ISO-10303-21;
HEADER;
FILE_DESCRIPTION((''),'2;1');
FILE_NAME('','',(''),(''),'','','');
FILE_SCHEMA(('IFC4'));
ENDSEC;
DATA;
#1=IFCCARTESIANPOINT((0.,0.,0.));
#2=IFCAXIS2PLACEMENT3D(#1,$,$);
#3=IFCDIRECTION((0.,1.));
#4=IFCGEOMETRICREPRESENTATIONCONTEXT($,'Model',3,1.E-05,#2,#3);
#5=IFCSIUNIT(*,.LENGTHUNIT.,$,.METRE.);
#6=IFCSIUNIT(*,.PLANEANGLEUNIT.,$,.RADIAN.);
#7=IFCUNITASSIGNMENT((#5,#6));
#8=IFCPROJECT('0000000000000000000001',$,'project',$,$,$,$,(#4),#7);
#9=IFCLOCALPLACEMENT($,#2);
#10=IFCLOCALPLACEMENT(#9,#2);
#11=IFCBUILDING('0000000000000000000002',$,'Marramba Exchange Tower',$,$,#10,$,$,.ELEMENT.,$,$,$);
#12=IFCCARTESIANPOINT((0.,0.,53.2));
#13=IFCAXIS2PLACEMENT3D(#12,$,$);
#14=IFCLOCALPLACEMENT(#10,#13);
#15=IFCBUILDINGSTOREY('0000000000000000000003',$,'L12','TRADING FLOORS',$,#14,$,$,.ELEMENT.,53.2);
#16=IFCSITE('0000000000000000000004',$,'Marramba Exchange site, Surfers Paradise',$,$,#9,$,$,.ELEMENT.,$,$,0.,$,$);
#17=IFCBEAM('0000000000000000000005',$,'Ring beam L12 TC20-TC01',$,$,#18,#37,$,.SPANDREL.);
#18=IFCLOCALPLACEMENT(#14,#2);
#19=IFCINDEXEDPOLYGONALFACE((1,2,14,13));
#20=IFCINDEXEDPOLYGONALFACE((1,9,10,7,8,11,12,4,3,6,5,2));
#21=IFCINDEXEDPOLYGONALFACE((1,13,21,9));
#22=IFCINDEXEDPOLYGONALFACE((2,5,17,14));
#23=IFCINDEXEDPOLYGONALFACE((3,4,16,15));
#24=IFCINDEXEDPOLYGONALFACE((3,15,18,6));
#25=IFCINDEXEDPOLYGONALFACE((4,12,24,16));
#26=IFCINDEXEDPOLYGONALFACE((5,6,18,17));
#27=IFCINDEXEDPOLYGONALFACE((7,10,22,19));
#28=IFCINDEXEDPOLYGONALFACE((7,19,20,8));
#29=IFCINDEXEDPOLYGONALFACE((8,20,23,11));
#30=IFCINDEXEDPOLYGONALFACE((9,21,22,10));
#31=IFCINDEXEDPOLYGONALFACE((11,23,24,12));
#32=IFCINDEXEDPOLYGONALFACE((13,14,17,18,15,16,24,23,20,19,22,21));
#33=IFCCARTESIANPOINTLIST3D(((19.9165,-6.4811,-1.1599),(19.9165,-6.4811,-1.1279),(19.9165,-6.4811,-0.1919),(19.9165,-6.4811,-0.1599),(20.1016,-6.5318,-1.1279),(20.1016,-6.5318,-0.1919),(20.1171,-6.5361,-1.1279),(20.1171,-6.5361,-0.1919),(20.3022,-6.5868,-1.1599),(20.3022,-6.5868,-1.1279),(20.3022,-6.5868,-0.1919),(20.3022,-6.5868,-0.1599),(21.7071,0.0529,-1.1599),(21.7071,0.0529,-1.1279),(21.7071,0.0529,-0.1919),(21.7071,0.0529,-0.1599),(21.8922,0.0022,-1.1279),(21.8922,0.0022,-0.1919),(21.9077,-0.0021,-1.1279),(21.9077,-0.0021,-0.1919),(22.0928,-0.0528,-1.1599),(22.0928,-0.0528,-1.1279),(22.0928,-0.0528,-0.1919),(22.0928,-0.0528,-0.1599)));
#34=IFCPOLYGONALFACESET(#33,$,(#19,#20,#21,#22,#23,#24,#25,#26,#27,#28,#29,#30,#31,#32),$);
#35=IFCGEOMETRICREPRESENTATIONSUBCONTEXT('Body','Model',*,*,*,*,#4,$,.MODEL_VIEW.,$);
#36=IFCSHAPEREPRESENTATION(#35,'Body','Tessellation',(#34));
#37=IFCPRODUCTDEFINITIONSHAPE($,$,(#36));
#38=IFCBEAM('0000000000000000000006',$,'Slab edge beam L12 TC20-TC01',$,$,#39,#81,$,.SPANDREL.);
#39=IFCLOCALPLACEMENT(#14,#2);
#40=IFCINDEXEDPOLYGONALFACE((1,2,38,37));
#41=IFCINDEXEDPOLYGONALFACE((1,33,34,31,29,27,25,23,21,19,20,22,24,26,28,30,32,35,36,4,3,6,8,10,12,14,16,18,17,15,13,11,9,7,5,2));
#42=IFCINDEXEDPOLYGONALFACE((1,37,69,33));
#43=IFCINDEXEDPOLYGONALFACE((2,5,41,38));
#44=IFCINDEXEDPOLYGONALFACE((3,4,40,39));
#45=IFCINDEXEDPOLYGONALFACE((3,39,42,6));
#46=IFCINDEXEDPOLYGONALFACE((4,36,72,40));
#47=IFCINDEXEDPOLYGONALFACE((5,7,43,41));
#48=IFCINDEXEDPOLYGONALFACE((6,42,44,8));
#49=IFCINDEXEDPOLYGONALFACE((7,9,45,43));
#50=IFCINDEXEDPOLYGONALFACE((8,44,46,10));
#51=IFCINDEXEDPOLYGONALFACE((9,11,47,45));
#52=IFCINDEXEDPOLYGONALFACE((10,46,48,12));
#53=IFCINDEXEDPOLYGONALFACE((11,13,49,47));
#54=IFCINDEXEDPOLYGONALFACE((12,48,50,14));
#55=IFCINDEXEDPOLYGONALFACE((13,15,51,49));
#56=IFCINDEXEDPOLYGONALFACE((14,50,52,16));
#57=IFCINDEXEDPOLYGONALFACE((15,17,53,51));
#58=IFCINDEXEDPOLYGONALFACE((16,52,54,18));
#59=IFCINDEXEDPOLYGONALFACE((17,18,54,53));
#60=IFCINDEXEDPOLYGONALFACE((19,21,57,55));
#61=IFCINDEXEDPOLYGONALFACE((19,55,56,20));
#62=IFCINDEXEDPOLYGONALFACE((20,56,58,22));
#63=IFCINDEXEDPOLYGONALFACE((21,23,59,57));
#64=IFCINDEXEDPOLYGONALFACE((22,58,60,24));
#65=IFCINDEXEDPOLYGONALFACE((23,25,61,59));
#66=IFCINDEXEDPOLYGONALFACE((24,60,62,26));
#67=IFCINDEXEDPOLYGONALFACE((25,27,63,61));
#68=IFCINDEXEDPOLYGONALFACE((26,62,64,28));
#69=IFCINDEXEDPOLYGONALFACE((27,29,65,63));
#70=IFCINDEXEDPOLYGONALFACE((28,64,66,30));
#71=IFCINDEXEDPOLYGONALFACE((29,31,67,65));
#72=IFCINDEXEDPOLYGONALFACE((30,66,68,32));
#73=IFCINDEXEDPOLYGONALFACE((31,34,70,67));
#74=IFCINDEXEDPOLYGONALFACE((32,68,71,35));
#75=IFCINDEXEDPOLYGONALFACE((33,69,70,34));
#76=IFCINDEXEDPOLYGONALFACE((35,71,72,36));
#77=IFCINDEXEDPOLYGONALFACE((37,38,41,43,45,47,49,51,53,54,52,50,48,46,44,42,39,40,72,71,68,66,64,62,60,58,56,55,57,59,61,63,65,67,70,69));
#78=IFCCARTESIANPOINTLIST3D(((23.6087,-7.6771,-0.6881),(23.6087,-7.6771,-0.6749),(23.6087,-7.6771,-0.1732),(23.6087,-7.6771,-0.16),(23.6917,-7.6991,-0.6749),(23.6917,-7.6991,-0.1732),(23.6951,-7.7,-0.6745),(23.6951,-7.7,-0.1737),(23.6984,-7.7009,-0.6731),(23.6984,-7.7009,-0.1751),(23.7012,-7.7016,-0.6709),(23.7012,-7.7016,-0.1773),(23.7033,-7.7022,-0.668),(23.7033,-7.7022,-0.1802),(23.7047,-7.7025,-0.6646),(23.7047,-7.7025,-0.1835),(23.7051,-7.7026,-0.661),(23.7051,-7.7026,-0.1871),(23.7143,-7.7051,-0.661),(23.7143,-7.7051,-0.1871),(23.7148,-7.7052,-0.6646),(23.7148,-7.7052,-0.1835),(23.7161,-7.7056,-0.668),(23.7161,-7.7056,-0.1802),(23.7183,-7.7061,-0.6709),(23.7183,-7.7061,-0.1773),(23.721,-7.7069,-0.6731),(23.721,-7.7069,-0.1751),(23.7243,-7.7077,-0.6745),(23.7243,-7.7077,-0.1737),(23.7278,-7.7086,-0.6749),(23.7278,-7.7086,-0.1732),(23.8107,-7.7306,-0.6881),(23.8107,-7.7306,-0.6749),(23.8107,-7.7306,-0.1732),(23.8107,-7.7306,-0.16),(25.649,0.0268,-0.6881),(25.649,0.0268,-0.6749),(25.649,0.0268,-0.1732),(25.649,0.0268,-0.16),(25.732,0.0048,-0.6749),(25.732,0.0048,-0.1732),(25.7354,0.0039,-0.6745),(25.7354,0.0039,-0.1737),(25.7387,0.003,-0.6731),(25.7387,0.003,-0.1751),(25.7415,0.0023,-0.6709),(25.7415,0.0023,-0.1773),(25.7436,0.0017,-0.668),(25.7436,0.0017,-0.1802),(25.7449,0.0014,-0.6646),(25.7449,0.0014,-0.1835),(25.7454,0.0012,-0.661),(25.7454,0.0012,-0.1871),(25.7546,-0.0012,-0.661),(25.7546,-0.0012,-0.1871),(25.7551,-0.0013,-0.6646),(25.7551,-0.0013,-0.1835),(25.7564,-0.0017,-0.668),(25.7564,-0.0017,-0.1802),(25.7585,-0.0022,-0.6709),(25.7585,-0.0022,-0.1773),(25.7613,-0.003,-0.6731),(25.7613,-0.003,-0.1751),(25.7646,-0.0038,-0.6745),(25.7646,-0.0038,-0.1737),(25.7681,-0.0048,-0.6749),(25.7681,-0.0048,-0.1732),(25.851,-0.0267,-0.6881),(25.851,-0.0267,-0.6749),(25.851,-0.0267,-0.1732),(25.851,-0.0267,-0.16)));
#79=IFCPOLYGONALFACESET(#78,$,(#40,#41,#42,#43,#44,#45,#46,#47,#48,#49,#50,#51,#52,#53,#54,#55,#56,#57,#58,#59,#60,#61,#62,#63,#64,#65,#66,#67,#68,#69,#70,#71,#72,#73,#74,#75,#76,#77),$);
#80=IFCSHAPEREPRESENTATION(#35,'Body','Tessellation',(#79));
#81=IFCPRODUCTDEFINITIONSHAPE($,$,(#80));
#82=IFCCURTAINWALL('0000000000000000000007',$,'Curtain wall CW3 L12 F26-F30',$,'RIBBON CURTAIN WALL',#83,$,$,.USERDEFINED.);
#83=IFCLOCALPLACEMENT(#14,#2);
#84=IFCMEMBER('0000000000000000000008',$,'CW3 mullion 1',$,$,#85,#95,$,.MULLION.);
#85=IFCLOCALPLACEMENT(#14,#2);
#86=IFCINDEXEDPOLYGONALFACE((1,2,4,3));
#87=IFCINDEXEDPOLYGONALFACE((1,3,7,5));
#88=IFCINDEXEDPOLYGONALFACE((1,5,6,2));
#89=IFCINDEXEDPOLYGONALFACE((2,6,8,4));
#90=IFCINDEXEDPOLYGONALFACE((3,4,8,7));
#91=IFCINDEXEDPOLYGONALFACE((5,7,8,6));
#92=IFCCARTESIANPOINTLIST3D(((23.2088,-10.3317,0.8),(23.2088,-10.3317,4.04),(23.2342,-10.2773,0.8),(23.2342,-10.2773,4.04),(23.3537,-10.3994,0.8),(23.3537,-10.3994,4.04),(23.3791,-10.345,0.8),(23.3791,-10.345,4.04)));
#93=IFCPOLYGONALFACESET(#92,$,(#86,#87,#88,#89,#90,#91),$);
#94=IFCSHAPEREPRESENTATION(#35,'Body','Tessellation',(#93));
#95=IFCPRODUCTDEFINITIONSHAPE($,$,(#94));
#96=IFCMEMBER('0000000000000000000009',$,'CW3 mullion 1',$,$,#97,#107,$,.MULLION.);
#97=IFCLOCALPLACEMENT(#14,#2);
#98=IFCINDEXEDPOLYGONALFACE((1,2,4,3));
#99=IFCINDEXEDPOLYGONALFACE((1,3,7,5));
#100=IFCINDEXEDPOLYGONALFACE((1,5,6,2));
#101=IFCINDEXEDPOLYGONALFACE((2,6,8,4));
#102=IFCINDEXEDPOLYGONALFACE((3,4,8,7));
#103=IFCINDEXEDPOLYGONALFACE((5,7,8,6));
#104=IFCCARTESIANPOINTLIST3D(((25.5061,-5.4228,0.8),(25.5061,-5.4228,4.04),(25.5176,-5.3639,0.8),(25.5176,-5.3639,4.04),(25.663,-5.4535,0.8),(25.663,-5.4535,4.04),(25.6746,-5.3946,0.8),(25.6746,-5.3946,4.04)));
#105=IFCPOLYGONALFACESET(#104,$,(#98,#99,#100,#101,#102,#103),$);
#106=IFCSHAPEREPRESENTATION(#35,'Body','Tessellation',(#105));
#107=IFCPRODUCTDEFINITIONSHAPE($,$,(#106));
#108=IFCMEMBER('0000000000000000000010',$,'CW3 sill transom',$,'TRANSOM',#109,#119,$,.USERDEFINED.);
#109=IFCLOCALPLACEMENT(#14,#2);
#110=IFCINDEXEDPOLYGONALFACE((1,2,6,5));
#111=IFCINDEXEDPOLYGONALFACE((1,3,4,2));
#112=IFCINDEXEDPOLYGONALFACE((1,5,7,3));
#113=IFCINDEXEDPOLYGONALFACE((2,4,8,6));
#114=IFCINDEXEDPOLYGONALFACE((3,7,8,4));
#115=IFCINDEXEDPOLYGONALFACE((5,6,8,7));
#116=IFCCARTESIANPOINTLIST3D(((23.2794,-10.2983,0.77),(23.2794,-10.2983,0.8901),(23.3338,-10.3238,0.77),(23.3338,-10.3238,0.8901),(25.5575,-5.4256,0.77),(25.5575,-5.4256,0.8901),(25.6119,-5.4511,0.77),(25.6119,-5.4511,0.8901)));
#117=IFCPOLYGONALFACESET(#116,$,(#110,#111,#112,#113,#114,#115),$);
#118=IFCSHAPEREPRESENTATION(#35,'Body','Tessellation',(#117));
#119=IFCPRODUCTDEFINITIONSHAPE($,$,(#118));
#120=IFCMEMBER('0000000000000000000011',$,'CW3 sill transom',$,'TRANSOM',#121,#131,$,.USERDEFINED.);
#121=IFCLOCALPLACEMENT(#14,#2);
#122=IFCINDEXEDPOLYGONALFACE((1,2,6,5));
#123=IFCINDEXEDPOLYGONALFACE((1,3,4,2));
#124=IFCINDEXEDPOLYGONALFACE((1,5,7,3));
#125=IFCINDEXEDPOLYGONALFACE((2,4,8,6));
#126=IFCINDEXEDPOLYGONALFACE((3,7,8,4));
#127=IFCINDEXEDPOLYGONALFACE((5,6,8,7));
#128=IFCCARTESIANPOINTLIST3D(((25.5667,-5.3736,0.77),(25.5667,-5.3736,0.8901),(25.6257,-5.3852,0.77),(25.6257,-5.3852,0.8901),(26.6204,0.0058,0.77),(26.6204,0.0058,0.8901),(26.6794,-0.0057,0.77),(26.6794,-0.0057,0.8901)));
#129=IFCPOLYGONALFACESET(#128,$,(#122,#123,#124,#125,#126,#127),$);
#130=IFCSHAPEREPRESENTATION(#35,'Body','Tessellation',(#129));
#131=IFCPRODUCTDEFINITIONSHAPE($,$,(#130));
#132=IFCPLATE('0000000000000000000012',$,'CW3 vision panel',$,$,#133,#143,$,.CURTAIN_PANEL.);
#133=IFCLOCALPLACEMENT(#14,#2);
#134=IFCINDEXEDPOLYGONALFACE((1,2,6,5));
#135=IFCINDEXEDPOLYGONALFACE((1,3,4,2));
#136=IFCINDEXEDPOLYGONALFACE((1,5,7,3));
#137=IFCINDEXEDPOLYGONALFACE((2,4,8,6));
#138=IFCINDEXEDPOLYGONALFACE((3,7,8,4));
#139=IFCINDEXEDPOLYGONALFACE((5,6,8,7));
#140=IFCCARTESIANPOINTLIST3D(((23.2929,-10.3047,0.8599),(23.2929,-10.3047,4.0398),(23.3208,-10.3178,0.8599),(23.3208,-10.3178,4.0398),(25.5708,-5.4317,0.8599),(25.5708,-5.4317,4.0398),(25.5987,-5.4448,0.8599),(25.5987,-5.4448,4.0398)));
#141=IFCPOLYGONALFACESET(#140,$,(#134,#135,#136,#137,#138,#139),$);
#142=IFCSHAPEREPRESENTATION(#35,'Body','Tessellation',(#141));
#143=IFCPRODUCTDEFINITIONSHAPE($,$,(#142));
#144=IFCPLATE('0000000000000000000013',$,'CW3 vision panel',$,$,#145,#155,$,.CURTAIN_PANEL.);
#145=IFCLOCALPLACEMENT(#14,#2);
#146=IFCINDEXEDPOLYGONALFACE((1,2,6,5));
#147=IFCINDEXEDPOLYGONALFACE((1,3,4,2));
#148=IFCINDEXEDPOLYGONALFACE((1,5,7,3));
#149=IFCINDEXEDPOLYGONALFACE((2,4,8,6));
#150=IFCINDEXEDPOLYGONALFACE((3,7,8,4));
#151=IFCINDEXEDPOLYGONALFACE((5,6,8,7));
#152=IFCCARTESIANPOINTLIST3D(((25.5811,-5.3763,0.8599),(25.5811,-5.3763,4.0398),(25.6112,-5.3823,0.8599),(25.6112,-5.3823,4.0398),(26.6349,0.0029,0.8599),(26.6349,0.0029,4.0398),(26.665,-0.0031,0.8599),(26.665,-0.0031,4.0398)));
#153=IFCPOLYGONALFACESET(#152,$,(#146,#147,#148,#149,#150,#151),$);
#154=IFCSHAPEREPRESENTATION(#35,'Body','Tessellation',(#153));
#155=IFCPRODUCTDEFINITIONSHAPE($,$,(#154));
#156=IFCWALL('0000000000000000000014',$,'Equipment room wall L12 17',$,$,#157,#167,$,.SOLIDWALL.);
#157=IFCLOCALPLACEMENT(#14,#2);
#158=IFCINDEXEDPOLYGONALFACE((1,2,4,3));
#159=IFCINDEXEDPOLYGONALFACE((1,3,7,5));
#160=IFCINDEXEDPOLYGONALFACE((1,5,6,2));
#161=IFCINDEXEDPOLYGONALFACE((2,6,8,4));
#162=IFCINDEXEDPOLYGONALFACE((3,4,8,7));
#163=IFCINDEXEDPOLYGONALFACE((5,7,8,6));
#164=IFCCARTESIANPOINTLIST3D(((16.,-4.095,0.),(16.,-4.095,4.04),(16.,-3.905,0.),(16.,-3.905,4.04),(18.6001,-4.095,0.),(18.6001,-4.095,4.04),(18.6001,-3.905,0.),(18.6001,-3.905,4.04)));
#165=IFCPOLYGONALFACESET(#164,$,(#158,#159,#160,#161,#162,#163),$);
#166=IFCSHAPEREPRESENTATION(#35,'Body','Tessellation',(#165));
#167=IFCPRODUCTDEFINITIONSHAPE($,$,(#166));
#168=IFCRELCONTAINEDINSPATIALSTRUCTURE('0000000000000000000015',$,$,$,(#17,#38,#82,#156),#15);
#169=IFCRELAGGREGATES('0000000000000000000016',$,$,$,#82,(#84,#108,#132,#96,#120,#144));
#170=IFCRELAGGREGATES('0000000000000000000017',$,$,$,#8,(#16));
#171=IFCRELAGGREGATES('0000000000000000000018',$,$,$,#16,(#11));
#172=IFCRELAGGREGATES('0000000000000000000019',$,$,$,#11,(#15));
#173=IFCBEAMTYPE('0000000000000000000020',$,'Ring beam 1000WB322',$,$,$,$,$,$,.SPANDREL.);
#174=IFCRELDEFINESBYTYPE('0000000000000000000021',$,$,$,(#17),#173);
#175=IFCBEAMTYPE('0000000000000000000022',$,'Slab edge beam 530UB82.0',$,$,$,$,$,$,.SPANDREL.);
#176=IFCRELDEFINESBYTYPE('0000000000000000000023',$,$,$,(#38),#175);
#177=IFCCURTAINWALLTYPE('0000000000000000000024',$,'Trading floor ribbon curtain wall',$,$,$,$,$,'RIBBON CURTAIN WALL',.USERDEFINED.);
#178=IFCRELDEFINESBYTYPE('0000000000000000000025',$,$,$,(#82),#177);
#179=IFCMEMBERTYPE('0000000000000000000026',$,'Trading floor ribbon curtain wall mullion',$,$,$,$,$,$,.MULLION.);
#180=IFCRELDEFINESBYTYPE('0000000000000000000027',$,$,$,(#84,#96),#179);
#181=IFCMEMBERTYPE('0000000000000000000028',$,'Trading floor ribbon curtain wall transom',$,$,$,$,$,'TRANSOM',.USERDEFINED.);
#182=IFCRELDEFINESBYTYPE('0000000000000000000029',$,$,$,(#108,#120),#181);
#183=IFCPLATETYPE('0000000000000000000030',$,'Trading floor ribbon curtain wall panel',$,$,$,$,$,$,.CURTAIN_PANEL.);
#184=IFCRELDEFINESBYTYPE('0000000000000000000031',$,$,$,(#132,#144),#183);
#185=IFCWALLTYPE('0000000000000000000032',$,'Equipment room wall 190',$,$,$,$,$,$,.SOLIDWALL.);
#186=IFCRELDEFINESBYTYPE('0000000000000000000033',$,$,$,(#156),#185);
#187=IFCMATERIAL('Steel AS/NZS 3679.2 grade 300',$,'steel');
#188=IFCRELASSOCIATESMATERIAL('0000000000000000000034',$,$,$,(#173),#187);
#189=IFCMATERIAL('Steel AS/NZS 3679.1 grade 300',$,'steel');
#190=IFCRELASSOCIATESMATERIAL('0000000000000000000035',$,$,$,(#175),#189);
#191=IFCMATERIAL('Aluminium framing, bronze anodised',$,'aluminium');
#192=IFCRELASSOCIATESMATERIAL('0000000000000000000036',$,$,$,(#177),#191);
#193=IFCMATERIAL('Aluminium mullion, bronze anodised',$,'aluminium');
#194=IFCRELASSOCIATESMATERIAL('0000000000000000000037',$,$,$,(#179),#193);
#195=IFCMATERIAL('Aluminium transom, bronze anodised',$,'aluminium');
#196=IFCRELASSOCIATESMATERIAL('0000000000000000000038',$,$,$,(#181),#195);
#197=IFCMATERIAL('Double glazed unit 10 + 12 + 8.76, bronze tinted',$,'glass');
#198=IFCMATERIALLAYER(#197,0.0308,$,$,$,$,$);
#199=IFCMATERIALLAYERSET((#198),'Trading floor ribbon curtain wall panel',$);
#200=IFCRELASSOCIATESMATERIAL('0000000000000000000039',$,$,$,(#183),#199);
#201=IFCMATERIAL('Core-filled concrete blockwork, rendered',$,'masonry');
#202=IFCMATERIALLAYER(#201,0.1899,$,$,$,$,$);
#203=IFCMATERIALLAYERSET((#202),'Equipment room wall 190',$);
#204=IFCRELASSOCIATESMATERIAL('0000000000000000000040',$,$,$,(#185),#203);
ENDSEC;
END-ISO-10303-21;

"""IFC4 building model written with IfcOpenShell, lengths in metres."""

from ifc_helpers import new_model, si_unit, direction, frame, frame_2d, origin, origin_2d, place, context, subcontext, project, spatial, rectangle, i_section, extrude, material, layer, layer_set, material_profile, profile_set, type_object, element, aggregate, save


model = new_model("IFC4")

# Units and contexts
model_context = context("Model", 3, precision=1e-05, world=origin(), true_north=direction((0.0, 1.0)))
body_context = subcontext(model_context, "Body", "Model", "MODEL_VIEW")
ifc_project = project(units=[si_unit("LENGTHUNIT", "METRE"), si_unit("PLANEANGLEUNIT", "RADIAN")], contexts=[model_context])

# Site, building, storey
site_placement = place(None, origin())
site = spatial("IfcSite", under=ifc_project, at=site_placement, Name="Marramba Exchange site, Surfers Paradise", CompositionType="ELEMENT", RefElevation=0.0)
building_placement = place(site_placement, origin())
building = spatial("IfcBuilding", under=site, at=building_placement, Name="Marramba Exchange Tower", CompositionType="ELEMENT")
storey_placement = place(building_placement, frame((0.0, 0.0, 53.2)))
storey = spatial("IfcBuildingStorey", under=building, at=storey_placement, Name="L12", Description="TRADING FLOORS", CompositionType="ELEMENT", Elevation=53.2)

# Beams
ifc_material_1 = material(Name="Steel AS/NZS 3679.2 grade 300", Category="steel")
ifc_material_2 = material(Name="Steel AS/NZS 3679.1 grade 300", Category="steel")
ifc_material_profile_1 = material_profile(ifc_material_1, i_section(OverallWidth=0.3999, OverallDepth=1.0, WebThickness=0.0161, FlangeThickness=0.032, at=origin_2d()), Name="1000WB322")
ifc_profile_set_1 = profile_set([ifc_material_profile_1], Name="Steel AS/NZS 3679.2 grade 300")
beam_type_1 = type_object("IfcBeamType", Name="Ring beam 1000WB322", PredefinedType="SPANDREL", material=ifc_profile_set_1)
beam_1_placement = place(storey_placement, frame((20.1094, -6.5339, -0.6599), z_axis=(0.264291, 0.964443, 0.0), x_axis=(-0.964443, 0.264291, 0.0)))
element("IfcBeam", 1, at=beam_1_placement, inside=storey, type_object=beam_type_1, Name="Ring beam L12 TC20-TC01", PredefinedType="SPANDREL", context=body_context, shape_type="SweptSolid", body=[
    extrude(i_section(OverallWidth=0.3999, OverallDepth=1.0, WebThickness=0.0161, FlangeThickness=0.032, at=origin_2d()), origin(), (0.0, 0.0, 1.0), 6.7749),
])
ifc_material_profile_2 = material_profile(ifc_material_2, i_section(OverallWidth=0.209, OverallDepth=0.5281, WebThickness=0.0095, FlangeThickness=0.0132, FilletRadius=0.0139, at=origin_2d()), Name="530UB82.0")
ifc_profile_set_2 = profile_set([ifc_material_profile_2], Name="Steel AS/NZS 3679.1 grade 300")
beam_type_2 = type_object("IfcBeamType", Name="Slab edge beam 530UB82.0", PredefinedType="SPANDREL", material=ifc_profile_set_2)
beam_2_placement = place(storey_placement, frame((23.7097, -7.7039, -0.4241), z_axis=(0.256013, 0.966673, 0.0), x_axis=(-0.966673, 0.256013, 0.0)))
element("IfcBeam", 2, at=beam_2_placement, inside=storey, type_object=beam_type_2, Name="Slab edge beam L12 TC20-TC01", PredefinedType="SPANDREL", context=body_context, shape_type="SweptSolid", body=[
    extrude(i_section(OverallWidth=0.209, OverallDepth=0.5281, WebThickness=0.0095, FlangeThickness=0.0132, FilletRadius=0.0139, at=origin_2d()), origin(), (0.0, 0.0, 1.0), 7.9695),
])

# Curtain wall, members, plates
ifc_material_3 = material(Name="Aluminium framing, bronze anodised", Category="aluminium")
curtain_wall_type = type_object("IfcCurtainWallType", Name="Trading floor ribbon curtain wall", ElementType="RIBBON CURTAIN WALL", PredefinedType="USERDEFINED", material=ifc_material_3)
curtain_wall_placement = place(storey_placement, origin())
curtain_wall = element("IfcCurtainWall", 3, at=curtain_wall_placement, inside=storey, type_object=curtain_wall_type, Name="Curtain wall CW3 L12 F26-F30", ObjectType="RIBBON CURTAIN WALL", PredefinedType="USERDEFINED")
ifc_material_4 = material(Name="Aluminium mullion, bronze anodised", Category="aluminium")
ifc_material_profile_3 = material_profile(ifc_material_4, rectangle(XDim=0.1599, YDim=0.0601, at=origin_2d()), Name="CW3 mullion 60x160")
ifc_profile_set_3 = profile_set([ifc_material_profile_3], Name="Aluminium mullion, bronze anodised")
member_type_1 = type_object("IfcMemberType", Name="Trading floor ribbon curtain wall mullion", PredefinedType="MULLION", material=ifc_profile_set_3)
member_1_placement = place(storey_placement, frame((23.2939, -10.3384, 0.8), z_axis=(0.0, 0.0, 1.0), x_axis=(-0.905907, 0.423477, 0.0)))
member_1 = element("IfcMember", 4, at=member_1_placement, type_object=member_type_1, Name="CW3 mullion 1", PredefinedType="MULLION", context=body_context, shape_type="SweptSolid", body=[
    extrude(rectangle(XDim=0.1599, YDim=0.0601, at=origin_2d()), origin(), (0.0, 0.0, 1.0), 3.24),
])
member_2_placement = place(storey_placement, frame((25.5903, -5.4087, 0.8), z_axis=(0.0, 0.0, 1.0), x_axis=(-0.981346, 0.192249, 0.0)))
member_2 = element("IfcMember", 5, at=member_2_placement, type_object=member_type_1, Name="CW3 mullion 1", PredefinedType="MULLION", context=body_context, shape_type="SweptSolid", body=[
    extrude(rectangle(XDim=0.1599, YDim=0.0601, at=origin_2d()), origin(), (0.0, 0.0, 1.0), 3.24),
])
ifc_material_5 = material(Name="Aluminium transom, bronze anodised", Category="aluminium")
ifc_material_profile_4 = material_profile(ifc_material_5, rectangle(XDim=0.0601, YDim=0.1201, at=origin_2d()), Name="CW3 transom 60x120")
ifc_profile_set_4 = profile_set([ifc_material_profile_4], Name="Aluminium transom, bronze anodised")
member_type_2 = type_object("IfcMemberType", Name="Trading floor ribbon curtain wall transom", ElementType="TRANSOM", PredefinedType="USERDEFINED", material=ifc_profile_set_4)
member_3_placement = place(storey_placement, frame((23.3066, -10.311, 0.8301), z_axis=(0.423512, 0.905891, 0.0), x_axis=(-0.905891, 0.423512, 0.0)))
member_3 = element("IfcMember", 6, at=member_3_placement, type_object=member_type_2, Name="CW3 sill transom", ObjectType="TRANSOM", PredefinedType="USERDEFINED", context=body_context, shape_type="SweptSolid", body=[
    extrude(rectangle(XDim=0.0601, YDim=0.1201, at=origin_2d()), origin(), (0.0, 0.0, 1.0), 5.3789),
])
member_4_placement = place(storey_placement, frame((25.5962, -5.3794, 0.8301), z_axis=(0.192226, 0.981351, 0.0), x_axis=(-0.981351, 0.192226, 0.0)))
member_4 = element("IfcMember", 7, at=member_4_placement, type_object=member_type_2, Name="CW3 sill transom", ObjectType="TRANSOM", PredefinedType="USERDEFINED", context=body_context, shape_type="SweptSolid", body=[
    extrude(rectangle(XDim=0.0601, YDim=0.1201, at=origin_2d()), origin(), (0.0, 0.0, 1.0), 5.4817),
])
ifc_material_6 = material(Name="Double glazed unit 10 + 12 + 8.76, bronze tinted", Category="glass")
ifc_layer_1 = layer(ifc_material_6, 0.0308)
ifc_layer_set_1 = layer_set([ifc_layer_1], Name="Trading floor ribbon curtain wall panel")
plate_type = type_object("IfcPlateType", Name="Trading floor ribbon curtain wall panel", PredefinedType="CURTAIN_PANEL", material=ifc_layer_set_1)
plate_1_placement = place(storey_placement, frame((24.4458, -7.8748, 0.8599), z_axis=(0.0, 0.0, 1.0), x_axis=(0.423477, 0.905907, 0.0)))
plate_1 = element("IfcPlate", 8, at=plate_1_placement, type_object=plate_type, Name="CW3 vision panel", PredefinedType="CURTAIN_PANEL", context=body_context, shape_type="SweptSolid", body=[
    extrude(rectangle(XDim=5.3792, YDim=0.0308, at=origin_2d()), origin(), (0.0, 0.0, 1.0), 3.1799),
])
plate_2_placement = place(storey_placement, frame((26.123, -2.6897, 0.8599), z_axis=(0.0, 0.0, 1.0), x_axis=(0.192249, 0.981346, 0.0)))
plate_2 = element("IfcPlate", 9, at=plate_2_placement, type_object=plate_type, Name="CW3 vision panel", PredefinedType="CURTAIN_PANEL", context=body_context, shape_type="SweptSolid", body=[
    extrude(rectangle(XDim=5.4814, YDim=0.0308, at=origin_2d()), origin(), (0.0, 0.0, 1.0), 3.1799),
])
aggregate(curtain_wall, [member_1, member_3, plate_1, member_2, member_4, plate_2])

# Wall
ifc_material_7 = material(Name="Core-filled concrete blockwork, rendered", Category="masonry")
ifc_layer_2 = layer(ifc_material_7, 0.1899)
ifc_layer_set_2 = layer_set([ifc_layer_2], Name="Equipment room wall 190")
wall_type_1 = type_object("IfcWallType", Name="Equipment room wall 190", PredefinedType="SOLIDWALL", material=ifc_layer_set_2)
wall_1_placement = place(storey_placement, frame((16.0, -4.0, 0.0), z_axis=(0.0, 0.0, 1.0), x_axis=(1.0, 0.0, 0.0)))
element("IfcWall", 10, at=wall_1_placement, inside=storey, type_object=wall_type_1, Name="Equipment room wall L12 17", PredefinedType="SOLIDWALL", context=body_context, shape_type="SweptSolid", body=[
    extrude(rectangle(XDim=2.6001, YDim=0.1899, at=frame_2d((1.3, 0.0))), origin(), (0.0, 0.0, 1.0), 4.04),
])

save(model, "model.ifc")
